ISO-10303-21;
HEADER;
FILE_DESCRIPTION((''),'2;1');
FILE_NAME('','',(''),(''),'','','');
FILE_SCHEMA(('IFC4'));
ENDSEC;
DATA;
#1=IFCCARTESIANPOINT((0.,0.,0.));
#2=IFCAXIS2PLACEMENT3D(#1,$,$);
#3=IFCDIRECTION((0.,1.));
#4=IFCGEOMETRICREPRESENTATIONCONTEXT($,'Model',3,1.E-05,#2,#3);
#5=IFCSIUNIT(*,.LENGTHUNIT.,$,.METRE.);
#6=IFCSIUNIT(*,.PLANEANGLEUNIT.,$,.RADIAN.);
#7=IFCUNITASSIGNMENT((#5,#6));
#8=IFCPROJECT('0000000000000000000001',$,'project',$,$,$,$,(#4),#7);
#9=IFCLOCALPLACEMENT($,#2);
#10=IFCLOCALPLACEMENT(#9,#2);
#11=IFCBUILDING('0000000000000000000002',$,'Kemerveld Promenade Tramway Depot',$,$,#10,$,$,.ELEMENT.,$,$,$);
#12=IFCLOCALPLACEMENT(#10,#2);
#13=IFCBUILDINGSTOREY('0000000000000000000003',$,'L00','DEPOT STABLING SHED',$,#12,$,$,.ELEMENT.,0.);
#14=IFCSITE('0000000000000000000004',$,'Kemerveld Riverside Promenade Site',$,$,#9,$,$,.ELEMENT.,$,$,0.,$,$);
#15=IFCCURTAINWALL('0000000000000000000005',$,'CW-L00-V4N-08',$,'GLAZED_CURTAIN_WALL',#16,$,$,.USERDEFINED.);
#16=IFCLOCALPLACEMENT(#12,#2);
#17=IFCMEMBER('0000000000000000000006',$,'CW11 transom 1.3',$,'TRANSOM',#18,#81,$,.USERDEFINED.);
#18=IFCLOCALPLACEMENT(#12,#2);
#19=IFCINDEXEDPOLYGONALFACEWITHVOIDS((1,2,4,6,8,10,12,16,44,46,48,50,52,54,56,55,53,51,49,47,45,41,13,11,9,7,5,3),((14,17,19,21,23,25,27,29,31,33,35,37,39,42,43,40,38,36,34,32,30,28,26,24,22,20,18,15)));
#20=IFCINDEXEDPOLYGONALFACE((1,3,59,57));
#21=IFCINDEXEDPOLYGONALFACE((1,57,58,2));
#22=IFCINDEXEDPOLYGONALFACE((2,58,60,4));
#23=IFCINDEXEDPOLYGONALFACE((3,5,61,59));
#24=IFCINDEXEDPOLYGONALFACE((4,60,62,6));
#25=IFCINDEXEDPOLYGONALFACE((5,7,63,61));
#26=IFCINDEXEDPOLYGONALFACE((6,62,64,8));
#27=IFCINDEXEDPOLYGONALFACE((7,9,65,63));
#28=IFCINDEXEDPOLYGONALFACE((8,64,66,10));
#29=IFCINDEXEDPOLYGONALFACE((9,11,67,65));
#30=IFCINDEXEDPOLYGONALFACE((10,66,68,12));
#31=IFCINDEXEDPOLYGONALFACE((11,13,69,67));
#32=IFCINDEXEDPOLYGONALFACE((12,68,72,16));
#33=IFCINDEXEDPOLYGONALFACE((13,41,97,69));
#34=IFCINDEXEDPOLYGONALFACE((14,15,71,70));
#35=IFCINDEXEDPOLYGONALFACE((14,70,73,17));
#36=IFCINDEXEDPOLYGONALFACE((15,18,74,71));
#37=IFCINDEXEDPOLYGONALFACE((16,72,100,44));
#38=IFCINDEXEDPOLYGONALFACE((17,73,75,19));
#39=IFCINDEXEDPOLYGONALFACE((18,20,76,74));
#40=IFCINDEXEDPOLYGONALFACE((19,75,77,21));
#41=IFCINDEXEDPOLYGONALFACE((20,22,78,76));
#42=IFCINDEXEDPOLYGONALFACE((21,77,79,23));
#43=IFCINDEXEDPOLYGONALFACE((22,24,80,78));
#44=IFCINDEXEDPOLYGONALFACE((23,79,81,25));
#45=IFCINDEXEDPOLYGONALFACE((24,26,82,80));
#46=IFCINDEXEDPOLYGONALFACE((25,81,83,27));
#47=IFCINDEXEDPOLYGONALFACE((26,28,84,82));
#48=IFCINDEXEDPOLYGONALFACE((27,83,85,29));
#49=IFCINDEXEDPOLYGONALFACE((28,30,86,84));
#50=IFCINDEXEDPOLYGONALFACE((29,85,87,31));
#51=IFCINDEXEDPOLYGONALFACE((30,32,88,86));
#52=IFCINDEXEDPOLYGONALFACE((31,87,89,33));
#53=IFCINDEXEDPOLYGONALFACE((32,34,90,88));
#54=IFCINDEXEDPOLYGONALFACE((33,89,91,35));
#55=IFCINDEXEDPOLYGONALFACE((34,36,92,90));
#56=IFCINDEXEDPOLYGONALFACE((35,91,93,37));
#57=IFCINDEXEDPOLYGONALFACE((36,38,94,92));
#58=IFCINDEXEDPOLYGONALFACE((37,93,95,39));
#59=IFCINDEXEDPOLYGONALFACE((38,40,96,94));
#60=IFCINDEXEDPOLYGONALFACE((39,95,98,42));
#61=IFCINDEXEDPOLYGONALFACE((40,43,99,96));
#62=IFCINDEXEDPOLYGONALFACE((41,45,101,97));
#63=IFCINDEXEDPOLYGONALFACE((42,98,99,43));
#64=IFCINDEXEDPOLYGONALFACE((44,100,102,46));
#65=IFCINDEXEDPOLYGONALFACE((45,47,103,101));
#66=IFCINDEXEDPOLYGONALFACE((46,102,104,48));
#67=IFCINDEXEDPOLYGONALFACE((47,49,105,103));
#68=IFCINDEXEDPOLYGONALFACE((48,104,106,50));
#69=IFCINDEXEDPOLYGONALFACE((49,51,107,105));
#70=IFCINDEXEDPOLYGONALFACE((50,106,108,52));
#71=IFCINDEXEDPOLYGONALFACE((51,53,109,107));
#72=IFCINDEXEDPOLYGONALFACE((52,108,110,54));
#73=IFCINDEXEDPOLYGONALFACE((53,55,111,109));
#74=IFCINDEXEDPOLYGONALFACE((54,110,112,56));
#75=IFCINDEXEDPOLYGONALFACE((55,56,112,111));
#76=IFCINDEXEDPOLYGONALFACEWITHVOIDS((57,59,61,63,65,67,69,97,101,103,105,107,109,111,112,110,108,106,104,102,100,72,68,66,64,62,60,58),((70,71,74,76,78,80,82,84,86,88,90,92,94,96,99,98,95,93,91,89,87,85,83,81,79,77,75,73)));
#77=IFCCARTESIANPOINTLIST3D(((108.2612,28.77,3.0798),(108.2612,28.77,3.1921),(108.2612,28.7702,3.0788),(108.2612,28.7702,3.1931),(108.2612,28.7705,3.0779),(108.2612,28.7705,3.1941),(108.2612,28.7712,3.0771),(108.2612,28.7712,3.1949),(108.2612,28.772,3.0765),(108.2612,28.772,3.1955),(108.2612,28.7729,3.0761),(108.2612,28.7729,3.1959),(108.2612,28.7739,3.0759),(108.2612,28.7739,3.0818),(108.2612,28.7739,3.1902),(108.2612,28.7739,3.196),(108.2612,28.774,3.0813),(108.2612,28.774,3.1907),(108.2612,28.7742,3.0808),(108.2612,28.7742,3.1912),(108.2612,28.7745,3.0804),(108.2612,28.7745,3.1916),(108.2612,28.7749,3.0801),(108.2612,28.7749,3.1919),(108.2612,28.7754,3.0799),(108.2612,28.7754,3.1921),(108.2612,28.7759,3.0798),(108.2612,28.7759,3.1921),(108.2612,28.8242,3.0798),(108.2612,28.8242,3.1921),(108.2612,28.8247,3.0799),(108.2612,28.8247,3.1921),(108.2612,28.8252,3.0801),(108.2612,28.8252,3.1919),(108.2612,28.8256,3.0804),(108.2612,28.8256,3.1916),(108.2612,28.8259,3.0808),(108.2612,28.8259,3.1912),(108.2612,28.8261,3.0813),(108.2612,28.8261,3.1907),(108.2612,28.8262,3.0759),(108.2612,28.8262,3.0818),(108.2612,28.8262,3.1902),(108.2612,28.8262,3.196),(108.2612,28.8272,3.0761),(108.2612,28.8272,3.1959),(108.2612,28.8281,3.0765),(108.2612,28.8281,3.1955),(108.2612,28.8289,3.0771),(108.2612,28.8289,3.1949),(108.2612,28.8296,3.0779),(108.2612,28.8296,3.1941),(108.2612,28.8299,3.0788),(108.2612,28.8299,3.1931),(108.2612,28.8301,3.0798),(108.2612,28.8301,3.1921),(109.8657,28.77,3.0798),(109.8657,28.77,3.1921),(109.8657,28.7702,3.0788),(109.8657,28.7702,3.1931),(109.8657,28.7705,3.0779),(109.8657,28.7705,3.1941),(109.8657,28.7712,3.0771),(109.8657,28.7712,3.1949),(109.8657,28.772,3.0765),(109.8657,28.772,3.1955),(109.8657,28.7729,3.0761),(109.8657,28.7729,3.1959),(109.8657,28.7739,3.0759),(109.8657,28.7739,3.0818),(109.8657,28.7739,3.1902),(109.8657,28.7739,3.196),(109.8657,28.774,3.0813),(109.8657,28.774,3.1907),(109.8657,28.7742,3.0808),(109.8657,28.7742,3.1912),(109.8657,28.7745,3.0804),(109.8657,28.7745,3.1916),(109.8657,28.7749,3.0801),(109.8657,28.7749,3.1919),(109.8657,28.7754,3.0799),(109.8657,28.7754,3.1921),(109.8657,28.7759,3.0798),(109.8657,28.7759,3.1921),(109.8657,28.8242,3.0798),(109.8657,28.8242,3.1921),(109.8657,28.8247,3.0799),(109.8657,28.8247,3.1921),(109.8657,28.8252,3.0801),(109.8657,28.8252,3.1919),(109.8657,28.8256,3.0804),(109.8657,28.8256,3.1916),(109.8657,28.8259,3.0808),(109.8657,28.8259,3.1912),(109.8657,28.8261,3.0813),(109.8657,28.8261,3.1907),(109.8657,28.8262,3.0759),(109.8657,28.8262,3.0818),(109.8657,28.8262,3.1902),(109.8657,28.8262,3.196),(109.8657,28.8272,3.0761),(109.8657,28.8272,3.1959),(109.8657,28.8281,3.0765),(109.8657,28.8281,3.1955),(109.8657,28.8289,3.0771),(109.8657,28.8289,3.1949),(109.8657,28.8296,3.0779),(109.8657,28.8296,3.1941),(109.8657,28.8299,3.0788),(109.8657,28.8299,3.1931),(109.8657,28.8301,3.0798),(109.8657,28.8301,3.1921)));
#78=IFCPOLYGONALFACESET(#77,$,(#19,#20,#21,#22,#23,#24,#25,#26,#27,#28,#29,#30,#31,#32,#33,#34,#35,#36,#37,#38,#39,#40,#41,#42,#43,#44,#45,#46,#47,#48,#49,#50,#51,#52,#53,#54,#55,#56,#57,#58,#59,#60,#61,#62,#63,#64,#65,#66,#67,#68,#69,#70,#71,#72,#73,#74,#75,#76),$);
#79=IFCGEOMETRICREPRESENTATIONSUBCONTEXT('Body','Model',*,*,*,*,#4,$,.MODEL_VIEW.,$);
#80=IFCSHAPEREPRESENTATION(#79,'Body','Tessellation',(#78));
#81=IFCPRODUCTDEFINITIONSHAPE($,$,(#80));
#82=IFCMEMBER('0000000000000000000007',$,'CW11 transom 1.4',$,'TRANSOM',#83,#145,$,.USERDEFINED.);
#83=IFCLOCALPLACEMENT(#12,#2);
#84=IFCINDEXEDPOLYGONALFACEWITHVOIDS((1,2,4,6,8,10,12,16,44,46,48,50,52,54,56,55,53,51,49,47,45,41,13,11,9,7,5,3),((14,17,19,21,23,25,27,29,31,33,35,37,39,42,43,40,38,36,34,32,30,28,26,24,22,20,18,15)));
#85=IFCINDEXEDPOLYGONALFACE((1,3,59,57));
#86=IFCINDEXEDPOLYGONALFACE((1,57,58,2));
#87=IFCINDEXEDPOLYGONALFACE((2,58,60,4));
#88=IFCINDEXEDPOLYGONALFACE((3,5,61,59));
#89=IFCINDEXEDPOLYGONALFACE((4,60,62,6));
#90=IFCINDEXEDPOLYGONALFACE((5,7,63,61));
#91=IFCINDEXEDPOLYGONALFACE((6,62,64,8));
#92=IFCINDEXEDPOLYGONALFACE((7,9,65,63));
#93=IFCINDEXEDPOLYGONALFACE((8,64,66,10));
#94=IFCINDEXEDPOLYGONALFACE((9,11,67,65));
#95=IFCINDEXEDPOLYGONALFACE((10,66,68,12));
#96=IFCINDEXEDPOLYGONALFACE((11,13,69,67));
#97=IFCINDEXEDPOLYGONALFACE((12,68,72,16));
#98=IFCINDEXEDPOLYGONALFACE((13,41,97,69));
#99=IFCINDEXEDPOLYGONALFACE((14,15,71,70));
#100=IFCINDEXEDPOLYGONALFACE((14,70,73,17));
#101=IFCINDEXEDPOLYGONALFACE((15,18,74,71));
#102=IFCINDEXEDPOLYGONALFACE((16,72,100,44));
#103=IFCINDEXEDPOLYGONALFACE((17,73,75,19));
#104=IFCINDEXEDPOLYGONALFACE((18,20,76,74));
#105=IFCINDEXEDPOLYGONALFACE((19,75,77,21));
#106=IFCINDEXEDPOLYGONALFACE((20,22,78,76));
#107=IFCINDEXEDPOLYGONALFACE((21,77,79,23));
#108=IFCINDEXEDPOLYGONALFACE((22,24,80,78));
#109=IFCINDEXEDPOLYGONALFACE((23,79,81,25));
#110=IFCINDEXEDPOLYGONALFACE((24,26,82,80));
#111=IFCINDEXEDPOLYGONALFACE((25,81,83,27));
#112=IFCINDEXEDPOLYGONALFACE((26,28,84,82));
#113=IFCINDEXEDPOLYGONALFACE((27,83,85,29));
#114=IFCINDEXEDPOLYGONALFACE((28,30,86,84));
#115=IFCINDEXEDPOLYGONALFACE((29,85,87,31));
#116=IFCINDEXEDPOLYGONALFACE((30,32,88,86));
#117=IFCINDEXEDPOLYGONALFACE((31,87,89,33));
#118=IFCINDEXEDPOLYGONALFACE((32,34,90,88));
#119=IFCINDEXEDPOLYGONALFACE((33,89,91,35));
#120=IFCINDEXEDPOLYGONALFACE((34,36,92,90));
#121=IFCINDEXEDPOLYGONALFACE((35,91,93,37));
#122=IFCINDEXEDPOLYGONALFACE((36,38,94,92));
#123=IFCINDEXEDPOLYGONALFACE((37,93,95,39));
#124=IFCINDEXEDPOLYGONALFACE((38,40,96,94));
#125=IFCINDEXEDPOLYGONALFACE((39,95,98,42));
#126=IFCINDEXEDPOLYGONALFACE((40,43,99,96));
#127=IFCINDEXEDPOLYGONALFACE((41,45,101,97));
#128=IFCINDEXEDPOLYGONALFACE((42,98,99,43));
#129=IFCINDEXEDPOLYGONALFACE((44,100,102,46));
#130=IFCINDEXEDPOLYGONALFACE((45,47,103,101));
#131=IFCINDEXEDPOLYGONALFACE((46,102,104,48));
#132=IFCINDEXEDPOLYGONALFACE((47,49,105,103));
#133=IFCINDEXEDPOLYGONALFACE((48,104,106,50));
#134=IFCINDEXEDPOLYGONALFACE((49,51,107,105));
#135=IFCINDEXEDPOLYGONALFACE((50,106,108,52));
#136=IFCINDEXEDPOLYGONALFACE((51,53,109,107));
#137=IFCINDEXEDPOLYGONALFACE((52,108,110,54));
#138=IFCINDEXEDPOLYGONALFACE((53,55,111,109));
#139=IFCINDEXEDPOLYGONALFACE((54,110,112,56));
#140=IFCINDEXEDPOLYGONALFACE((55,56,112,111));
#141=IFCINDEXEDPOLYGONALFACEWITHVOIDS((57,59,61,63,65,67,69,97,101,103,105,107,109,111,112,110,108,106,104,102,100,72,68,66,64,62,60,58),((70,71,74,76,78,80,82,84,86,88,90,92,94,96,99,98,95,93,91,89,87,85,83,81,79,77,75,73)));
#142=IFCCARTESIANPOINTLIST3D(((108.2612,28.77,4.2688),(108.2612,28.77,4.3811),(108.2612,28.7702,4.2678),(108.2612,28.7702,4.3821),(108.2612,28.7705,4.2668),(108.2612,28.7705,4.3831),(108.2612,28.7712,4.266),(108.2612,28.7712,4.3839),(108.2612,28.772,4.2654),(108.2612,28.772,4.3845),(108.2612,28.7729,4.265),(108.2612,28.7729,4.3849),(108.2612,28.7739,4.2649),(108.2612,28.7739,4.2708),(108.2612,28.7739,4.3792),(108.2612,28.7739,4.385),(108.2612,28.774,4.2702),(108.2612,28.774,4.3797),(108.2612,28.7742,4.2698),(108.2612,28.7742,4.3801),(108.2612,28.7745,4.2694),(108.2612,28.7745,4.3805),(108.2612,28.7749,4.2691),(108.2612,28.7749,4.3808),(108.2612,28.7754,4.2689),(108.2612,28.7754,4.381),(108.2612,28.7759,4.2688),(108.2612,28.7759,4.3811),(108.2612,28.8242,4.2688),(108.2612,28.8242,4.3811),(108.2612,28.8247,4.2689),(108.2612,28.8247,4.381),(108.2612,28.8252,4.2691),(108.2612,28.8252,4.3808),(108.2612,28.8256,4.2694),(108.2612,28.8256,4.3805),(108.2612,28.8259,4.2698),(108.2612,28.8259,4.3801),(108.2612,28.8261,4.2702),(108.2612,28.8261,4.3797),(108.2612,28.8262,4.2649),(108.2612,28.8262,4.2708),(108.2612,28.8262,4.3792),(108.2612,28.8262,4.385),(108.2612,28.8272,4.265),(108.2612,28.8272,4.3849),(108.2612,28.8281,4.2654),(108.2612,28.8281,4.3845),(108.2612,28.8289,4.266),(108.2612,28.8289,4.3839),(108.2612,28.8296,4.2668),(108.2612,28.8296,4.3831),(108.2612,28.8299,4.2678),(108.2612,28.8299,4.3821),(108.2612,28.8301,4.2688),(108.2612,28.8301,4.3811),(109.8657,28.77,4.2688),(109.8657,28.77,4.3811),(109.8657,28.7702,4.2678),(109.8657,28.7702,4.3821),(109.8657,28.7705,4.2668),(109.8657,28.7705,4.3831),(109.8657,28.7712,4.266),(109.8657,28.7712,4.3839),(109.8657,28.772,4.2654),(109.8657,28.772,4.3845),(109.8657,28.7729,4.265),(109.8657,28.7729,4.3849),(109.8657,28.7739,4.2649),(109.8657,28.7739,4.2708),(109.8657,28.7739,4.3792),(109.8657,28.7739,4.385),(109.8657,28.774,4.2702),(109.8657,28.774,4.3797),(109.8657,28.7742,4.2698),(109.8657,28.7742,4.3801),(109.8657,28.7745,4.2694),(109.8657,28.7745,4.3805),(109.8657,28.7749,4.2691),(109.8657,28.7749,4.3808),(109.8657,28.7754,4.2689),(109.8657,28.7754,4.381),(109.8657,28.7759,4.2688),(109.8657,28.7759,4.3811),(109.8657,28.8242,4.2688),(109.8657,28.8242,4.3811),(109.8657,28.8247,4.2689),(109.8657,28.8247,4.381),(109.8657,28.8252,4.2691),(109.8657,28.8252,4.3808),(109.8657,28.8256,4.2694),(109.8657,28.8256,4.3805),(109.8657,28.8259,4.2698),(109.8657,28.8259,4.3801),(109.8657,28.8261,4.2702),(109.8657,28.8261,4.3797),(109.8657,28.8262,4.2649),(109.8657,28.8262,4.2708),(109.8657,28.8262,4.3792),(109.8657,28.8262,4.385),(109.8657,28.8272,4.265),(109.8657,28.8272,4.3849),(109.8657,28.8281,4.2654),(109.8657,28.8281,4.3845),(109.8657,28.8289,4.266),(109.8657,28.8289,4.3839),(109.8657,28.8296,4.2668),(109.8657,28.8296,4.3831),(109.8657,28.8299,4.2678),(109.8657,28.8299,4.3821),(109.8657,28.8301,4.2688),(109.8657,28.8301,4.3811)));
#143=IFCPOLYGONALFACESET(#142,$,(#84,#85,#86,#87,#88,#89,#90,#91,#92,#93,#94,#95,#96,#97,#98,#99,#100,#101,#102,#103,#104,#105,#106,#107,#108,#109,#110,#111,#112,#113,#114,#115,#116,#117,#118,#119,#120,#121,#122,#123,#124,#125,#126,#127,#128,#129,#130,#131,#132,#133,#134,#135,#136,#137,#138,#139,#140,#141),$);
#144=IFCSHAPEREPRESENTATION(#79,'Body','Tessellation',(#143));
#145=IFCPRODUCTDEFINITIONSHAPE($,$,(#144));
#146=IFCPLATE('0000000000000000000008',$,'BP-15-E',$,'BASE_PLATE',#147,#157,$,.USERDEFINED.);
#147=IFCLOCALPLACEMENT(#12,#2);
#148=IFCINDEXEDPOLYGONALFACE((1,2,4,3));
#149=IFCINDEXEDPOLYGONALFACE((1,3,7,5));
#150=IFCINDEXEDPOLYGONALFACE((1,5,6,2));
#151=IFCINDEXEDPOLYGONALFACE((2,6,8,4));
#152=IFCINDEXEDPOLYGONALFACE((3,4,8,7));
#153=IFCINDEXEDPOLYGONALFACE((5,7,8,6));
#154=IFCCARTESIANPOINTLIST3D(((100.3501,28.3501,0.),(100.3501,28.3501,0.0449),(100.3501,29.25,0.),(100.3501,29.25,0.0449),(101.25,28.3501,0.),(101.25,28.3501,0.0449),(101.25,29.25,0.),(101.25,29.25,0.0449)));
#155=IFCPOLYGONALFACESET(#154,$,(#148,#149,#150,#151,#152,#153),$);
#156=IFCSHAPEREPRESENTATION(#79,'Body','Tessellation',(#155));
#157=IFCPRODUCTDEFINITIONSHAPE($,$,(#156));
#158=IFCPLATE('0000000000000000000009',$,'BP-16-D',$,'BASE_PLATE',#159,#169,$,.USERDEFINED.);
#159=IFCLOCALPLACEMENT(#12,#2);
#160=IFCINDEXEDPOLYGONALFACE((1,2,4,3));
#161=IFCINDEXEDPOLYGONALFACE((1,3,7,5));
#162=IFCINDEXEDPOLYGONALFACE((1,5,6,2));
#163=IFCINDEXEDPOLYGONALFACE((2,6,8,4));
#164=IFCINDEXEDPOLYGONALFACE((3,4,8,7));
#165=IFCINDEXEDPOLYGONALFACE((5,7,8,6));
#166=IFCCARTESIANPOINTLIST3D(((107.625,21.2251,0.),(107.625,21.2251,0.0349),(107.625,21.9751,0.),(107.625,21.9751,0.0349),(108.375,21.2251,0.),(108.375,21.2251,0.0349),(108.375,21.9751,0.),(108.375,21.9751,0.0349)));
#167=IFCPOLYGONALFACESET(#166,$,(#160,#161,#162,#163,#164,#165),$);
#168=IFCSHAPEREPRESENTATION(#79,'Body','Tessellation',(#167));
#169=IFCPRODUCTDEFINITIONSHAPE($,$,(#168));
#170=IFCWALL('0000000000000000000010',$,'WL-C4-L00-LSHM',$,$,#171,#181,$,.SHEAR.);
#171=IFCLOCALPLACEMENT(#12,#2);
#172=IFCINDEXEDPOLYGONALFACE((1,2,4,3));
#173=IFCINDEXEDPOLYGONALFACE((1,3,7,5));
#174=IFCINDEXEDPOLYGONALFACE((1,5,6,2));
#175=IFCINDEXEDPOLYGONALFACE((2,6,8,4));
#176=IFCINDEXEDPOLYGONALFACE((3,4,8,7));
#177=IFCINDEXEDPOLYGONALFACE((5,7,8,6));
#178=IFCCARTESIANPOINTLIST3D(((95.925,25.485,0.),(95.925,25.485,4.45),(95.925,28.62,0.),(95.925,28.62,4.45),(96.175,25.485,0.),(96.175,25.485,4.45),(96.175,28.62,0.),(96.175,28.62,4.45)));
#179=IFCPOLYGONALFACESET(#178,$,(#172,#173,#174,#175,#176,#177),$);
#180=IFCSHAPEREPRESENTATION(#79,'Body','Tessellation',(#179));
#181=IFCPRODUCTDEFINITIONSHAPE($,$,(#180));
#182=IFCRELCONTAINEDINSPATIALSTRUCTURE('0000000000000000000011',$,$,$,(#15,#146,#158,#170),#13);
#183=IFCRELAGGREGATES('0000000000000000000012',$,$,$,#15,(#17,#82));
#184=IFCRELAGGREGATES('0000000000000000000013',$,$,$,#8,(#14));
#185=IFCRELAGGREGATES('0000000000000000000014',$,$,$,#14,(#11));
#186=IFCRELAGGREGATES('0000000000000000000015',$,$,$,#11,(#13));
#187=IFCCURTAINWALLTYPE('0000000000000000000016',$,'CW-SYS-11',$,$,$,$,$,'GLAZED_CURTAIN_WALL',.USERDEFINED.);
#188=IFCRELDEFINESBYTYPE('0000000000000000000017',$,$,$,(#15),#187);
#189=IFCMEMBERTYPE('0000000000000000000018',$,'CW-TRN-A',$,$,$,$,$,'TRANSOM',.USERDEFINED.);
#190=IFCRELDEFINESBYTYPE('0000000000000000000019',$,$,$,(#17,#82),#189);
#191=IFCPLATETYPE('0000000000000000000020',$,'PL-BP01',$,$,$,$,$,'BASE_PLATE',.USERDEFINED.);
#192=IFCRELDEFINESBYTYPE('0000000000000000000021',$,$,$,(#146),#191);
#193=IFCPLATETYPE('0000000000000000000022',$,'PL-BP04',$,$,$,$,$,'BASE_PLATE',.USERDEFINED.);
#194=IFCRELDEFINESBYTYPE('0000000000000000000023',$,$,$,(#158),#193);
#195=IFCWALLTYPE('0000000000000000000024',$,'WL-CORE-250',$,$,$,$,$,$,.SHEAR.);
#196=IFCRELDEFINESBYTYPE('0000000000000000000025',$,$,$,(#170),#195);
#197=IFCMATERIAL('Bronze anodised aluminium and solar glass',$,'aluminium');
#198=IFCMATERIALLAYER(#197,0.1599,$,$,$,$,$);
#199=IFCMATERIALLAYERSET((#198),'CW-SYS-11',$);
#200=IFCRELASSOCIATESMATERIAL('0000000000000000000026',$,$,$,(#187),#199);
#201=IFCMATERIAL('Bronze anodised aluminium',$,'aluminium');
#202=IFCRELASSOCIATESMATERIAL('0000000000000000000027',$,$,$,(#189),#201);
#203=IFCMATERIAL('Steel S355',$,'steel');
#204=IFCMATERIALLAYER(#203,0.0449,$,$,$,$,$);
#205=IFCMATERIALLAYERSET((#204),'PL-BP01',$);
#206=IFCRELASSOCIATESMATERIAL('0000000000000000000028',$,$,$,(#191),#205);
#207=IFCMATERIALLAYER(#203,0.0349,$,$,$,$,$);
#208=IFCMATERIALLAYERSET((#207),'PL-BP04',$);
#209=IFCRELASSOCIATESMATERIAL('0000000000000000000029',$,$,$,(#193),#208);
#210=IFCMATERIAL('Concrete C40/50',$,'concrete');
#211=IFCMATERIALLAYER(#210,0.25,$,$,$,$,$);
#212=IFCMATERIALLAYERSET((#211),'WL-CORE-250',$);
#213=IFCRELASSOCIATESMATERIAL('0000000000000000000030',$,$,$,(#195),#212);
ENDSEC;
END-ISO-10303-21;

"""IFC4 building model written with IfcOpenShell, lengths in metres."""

from ifc_helpers import new_model, si_unit, direction, frame, frame_2d, origin, origin_2d, place, context, subcontext, project, spatial, rectangle, hollow_rectangle, extrude, material, layer, layer_set, material_profile, profile_set, type_object, element, aggregate, save


model = new_model("IFC4")

# Units and contexts
model_context = context("Model", 3, precision=1e-05, world=origin(), true_north=direction((0.0, 1.0)))
body_context = subcontext(model_context, "Body", "Model", "MODEL_VIEW")
ifc_project = project(units=[si_unit("LENGTHUNIT", "METRE"), si_unit("PLANEANGLEUNIT", "RADIAN")], contexts=[model_context])

# Site, building, storey
site_placement = place(None, origin())
site = spatial("IfcSite", under=ifc_project, at=site_placement, Name="Kemerveld Riverside Promenade Site", CompositionType="ELEMENT", RefElevation=0.0)
building_placement = place(site_placement, origin())
building = spatial("IfcBuilding", under=site, at=building_placement, Name="Kemerveld Promenade Tramway Depot", CompositionType="ELEMENT")
storey_placement = place(building_placement, origin())
storey = spatial("IfcBuildingStorey", under=building, at=storey_placement, Name="L00", Description="DEPOT STABLING SHED", CompositionType="ELEMENT", Elevation=0.0)

# Shared definitions
ifc_material_1 = material(Name="Steel S355", Category="steel")

# Shared definitions
ifc_material_2 = material(Name="Concrete C40/50", Category="concrete")

# Curtain wall, members
ifc_material_3 = material(Name="Bronze anodised aluminium and solar glass", Category="aluminium")
ifc_layer_1 = layer(ifc_material_3, 0.1599)
ifc_layer_set_1 = layer_set([ifc_layer_1], Name="CW-SYS-11")
curtain_wall_type = type_object("IfcCurtainWallType", Name="CW-SYS-11", ElementType="GLAZED_CURTAIN_WALL", PredefinedType="USERDEFINED", material=ifc_layer_set_1)
curtain_wall_placement = place(storey_placement, origin())
curtain_wall = element("IfcCurtainWall", 1, at=curtain_wall_placement, inside=storey, type_object=curtain_wall_type, Name="CW-L00-V4N-08", ObjectType="GLAZED_CURTAIN_WALL", PredefinedType="USERDEFINED")
ifc_material_4 = material(Name="Bronze anodised aluminium", Category="aluminium")
ifc_material_profile_1 = material_profile(ifc_material_4, hollow_rectangle(XDim=0.0601, YDim=0.1201, WallThickness=0.0039, InnerFilletRadius=0.002, OuterFilletRadius=0.0039, at=origin_2d()), Name="CW-TRN-120x60")
ifc_profile_set_1 = profile_set([ifc_material_profile_1], Name="Bronze anodised aluminium")
member_type_1 = type_object("IfcMemberType", Name="CW-TRN-A", ElementType="TRANSOM", PredefinedType="USERDEFINED", material=ifc_profile_set_1)
member_1_placement = place(storey_placement, frame((108.2612, 28.8, 3.136), z_axis=(1.0, 0.0, 0.0), x_axis=(0.0, 1.0, 0.0)))
member_1 = element("IfcMember", 2, at=member_1_placement, type_object=member_type_1, Name="CW11 transom 1.3", ObjectType="TRANSOM", PredefinedType="USERDEFINED", context=body_context, shape_type="SweptSolid", body=[
    extrude(hollow_rectangle(XDim=0.0601, YDim=0.1201, WallThickness=0.0039, InnerFilletRadius=0.002, OuterFilletRadius=0.0039, at=origin_2d()), origin(), (0.0, 0.0, 1.0), 1.6045),
])
member_2_placement = place(storey_placement, frame((108.2612, 28.8, 4.325), z_axis=(1.0, 0.0, 0.0), x_axis=(0.0, 1.0, 0.0)))
member_2 = element("IfcMember", 3, at=member_2_placement, type_object=member_type_1, Name="CW11 transom 1.4", ObjectType="TRANSOM", PredefinedType="USERDEFINED", context=body_context, shape_type="SweptSolid", body=[
    extrude(hollow_rectangle(XDim=0.0601, YDim=0.1201, WallThickness=0.0039, InnerFilletRadius=0.002, OuterFilletRadius=0.0039, at=origin_2d()), origin(), (0.0, 0.0, 1.0), 1.6045),
])
aggregate(curtain_wall, [member_1, member_2])

# Plates
ifc_layer_2 = layer(ifc_material_1, 0.0449)
ifc_layer_set_2 = layer_set([ifc_layer_2], Name="PL-BP01")
plate_type_1 = type_object("IfcPlateType", Name="PL-BP01", ElementType="BASE_PLATE", PredefinedType="USERDEFINED", material=ifc_layer_set_2)
plate_1_placement = place(storey_placement, frame((100.8, 28.8, 0.0), z_axis=(0.0, 0.0, 1.0), x_axis=(1.0, 0.0, 0.0)))
element("IfcPlate", 4, at=plate_1_placement, inside=storey, type_object=plate_type_1, Name="BP-15-E", ObjectType="BASE_PLATE", PredefinedType="USERDEFINED", context=body_context, shape_type="SweptSolid", body=[
    extrude(rectangle(XDim=0.8999, YDim=0.8999, at=origin_2d()), origin(), (0.0, 0.0, 1.0), 0.0449),
])
ifc_layer_3 = layer(ifc_material_1, 0.0349)
ifc_layer_set_3 = layer_set([ifc_layer_3], Name="PL-BP04")
plate_type_2 = type_object("IfcPlateType", Name="PL-BP04", ElementType="BASE_PLATE", PredefinedType="USERDEFINED", material=ifc_layer_set_3)
plate_2_placement = place(storey_placement, frame((108.0, 21.6001, 0.0), z_axis=(0.0, 0.0, 1.0), x_axis=(1.0, 0.0, 0.0)))
element("IfcPlate", 5, at=plate_2_placement, inside=storey, type_object=plate_type_2, Name="BP-16-D", ObjectType="BASE_PLATE", PredefinedType="USERDEFINED", context=body_context, shape_type="SweptSolid", body=[
    extrude(rectangle(XDim=0.75, YDim=0.75, at=origin_2d()), origin(), (0.0, 0.0, 1.0), 0.0349),
])

# Wall
ifc_layer_4 = layer(ifc_material_2, 0.25)
ifc_layer_set_4 = layer_set([ifc_layer_4], Name="WL-CORE-250")
wall_type_1 = type_object("IfcWallType", Name="WL-CORE-250", PredefinedType="SHEAR", material=ifc_layer_set_4)
wall_1_placement = place(storey_placement, frame((96.05, 25.4851, 0.0), z_axis=(0.0, 0.0, 1.0), x_axis=(0.0, 1.0, 0.0)))
element("IfcWall", 6, at=wall_1_placement, inside=storey, type_object=wall_type_1, Name="WL-C4-L00-LSHM", PredefinedType="SHEAR", context=body_context, shape_type="SweptSolid", body=[
    extrude(rectangle(XDim=3.135, YDim=0.25, at=frame_2d((1.5674, 0.0))), origin(), (0.0, 0.0, 1.0), 4.45),
])

save(model, "model.ifc")
